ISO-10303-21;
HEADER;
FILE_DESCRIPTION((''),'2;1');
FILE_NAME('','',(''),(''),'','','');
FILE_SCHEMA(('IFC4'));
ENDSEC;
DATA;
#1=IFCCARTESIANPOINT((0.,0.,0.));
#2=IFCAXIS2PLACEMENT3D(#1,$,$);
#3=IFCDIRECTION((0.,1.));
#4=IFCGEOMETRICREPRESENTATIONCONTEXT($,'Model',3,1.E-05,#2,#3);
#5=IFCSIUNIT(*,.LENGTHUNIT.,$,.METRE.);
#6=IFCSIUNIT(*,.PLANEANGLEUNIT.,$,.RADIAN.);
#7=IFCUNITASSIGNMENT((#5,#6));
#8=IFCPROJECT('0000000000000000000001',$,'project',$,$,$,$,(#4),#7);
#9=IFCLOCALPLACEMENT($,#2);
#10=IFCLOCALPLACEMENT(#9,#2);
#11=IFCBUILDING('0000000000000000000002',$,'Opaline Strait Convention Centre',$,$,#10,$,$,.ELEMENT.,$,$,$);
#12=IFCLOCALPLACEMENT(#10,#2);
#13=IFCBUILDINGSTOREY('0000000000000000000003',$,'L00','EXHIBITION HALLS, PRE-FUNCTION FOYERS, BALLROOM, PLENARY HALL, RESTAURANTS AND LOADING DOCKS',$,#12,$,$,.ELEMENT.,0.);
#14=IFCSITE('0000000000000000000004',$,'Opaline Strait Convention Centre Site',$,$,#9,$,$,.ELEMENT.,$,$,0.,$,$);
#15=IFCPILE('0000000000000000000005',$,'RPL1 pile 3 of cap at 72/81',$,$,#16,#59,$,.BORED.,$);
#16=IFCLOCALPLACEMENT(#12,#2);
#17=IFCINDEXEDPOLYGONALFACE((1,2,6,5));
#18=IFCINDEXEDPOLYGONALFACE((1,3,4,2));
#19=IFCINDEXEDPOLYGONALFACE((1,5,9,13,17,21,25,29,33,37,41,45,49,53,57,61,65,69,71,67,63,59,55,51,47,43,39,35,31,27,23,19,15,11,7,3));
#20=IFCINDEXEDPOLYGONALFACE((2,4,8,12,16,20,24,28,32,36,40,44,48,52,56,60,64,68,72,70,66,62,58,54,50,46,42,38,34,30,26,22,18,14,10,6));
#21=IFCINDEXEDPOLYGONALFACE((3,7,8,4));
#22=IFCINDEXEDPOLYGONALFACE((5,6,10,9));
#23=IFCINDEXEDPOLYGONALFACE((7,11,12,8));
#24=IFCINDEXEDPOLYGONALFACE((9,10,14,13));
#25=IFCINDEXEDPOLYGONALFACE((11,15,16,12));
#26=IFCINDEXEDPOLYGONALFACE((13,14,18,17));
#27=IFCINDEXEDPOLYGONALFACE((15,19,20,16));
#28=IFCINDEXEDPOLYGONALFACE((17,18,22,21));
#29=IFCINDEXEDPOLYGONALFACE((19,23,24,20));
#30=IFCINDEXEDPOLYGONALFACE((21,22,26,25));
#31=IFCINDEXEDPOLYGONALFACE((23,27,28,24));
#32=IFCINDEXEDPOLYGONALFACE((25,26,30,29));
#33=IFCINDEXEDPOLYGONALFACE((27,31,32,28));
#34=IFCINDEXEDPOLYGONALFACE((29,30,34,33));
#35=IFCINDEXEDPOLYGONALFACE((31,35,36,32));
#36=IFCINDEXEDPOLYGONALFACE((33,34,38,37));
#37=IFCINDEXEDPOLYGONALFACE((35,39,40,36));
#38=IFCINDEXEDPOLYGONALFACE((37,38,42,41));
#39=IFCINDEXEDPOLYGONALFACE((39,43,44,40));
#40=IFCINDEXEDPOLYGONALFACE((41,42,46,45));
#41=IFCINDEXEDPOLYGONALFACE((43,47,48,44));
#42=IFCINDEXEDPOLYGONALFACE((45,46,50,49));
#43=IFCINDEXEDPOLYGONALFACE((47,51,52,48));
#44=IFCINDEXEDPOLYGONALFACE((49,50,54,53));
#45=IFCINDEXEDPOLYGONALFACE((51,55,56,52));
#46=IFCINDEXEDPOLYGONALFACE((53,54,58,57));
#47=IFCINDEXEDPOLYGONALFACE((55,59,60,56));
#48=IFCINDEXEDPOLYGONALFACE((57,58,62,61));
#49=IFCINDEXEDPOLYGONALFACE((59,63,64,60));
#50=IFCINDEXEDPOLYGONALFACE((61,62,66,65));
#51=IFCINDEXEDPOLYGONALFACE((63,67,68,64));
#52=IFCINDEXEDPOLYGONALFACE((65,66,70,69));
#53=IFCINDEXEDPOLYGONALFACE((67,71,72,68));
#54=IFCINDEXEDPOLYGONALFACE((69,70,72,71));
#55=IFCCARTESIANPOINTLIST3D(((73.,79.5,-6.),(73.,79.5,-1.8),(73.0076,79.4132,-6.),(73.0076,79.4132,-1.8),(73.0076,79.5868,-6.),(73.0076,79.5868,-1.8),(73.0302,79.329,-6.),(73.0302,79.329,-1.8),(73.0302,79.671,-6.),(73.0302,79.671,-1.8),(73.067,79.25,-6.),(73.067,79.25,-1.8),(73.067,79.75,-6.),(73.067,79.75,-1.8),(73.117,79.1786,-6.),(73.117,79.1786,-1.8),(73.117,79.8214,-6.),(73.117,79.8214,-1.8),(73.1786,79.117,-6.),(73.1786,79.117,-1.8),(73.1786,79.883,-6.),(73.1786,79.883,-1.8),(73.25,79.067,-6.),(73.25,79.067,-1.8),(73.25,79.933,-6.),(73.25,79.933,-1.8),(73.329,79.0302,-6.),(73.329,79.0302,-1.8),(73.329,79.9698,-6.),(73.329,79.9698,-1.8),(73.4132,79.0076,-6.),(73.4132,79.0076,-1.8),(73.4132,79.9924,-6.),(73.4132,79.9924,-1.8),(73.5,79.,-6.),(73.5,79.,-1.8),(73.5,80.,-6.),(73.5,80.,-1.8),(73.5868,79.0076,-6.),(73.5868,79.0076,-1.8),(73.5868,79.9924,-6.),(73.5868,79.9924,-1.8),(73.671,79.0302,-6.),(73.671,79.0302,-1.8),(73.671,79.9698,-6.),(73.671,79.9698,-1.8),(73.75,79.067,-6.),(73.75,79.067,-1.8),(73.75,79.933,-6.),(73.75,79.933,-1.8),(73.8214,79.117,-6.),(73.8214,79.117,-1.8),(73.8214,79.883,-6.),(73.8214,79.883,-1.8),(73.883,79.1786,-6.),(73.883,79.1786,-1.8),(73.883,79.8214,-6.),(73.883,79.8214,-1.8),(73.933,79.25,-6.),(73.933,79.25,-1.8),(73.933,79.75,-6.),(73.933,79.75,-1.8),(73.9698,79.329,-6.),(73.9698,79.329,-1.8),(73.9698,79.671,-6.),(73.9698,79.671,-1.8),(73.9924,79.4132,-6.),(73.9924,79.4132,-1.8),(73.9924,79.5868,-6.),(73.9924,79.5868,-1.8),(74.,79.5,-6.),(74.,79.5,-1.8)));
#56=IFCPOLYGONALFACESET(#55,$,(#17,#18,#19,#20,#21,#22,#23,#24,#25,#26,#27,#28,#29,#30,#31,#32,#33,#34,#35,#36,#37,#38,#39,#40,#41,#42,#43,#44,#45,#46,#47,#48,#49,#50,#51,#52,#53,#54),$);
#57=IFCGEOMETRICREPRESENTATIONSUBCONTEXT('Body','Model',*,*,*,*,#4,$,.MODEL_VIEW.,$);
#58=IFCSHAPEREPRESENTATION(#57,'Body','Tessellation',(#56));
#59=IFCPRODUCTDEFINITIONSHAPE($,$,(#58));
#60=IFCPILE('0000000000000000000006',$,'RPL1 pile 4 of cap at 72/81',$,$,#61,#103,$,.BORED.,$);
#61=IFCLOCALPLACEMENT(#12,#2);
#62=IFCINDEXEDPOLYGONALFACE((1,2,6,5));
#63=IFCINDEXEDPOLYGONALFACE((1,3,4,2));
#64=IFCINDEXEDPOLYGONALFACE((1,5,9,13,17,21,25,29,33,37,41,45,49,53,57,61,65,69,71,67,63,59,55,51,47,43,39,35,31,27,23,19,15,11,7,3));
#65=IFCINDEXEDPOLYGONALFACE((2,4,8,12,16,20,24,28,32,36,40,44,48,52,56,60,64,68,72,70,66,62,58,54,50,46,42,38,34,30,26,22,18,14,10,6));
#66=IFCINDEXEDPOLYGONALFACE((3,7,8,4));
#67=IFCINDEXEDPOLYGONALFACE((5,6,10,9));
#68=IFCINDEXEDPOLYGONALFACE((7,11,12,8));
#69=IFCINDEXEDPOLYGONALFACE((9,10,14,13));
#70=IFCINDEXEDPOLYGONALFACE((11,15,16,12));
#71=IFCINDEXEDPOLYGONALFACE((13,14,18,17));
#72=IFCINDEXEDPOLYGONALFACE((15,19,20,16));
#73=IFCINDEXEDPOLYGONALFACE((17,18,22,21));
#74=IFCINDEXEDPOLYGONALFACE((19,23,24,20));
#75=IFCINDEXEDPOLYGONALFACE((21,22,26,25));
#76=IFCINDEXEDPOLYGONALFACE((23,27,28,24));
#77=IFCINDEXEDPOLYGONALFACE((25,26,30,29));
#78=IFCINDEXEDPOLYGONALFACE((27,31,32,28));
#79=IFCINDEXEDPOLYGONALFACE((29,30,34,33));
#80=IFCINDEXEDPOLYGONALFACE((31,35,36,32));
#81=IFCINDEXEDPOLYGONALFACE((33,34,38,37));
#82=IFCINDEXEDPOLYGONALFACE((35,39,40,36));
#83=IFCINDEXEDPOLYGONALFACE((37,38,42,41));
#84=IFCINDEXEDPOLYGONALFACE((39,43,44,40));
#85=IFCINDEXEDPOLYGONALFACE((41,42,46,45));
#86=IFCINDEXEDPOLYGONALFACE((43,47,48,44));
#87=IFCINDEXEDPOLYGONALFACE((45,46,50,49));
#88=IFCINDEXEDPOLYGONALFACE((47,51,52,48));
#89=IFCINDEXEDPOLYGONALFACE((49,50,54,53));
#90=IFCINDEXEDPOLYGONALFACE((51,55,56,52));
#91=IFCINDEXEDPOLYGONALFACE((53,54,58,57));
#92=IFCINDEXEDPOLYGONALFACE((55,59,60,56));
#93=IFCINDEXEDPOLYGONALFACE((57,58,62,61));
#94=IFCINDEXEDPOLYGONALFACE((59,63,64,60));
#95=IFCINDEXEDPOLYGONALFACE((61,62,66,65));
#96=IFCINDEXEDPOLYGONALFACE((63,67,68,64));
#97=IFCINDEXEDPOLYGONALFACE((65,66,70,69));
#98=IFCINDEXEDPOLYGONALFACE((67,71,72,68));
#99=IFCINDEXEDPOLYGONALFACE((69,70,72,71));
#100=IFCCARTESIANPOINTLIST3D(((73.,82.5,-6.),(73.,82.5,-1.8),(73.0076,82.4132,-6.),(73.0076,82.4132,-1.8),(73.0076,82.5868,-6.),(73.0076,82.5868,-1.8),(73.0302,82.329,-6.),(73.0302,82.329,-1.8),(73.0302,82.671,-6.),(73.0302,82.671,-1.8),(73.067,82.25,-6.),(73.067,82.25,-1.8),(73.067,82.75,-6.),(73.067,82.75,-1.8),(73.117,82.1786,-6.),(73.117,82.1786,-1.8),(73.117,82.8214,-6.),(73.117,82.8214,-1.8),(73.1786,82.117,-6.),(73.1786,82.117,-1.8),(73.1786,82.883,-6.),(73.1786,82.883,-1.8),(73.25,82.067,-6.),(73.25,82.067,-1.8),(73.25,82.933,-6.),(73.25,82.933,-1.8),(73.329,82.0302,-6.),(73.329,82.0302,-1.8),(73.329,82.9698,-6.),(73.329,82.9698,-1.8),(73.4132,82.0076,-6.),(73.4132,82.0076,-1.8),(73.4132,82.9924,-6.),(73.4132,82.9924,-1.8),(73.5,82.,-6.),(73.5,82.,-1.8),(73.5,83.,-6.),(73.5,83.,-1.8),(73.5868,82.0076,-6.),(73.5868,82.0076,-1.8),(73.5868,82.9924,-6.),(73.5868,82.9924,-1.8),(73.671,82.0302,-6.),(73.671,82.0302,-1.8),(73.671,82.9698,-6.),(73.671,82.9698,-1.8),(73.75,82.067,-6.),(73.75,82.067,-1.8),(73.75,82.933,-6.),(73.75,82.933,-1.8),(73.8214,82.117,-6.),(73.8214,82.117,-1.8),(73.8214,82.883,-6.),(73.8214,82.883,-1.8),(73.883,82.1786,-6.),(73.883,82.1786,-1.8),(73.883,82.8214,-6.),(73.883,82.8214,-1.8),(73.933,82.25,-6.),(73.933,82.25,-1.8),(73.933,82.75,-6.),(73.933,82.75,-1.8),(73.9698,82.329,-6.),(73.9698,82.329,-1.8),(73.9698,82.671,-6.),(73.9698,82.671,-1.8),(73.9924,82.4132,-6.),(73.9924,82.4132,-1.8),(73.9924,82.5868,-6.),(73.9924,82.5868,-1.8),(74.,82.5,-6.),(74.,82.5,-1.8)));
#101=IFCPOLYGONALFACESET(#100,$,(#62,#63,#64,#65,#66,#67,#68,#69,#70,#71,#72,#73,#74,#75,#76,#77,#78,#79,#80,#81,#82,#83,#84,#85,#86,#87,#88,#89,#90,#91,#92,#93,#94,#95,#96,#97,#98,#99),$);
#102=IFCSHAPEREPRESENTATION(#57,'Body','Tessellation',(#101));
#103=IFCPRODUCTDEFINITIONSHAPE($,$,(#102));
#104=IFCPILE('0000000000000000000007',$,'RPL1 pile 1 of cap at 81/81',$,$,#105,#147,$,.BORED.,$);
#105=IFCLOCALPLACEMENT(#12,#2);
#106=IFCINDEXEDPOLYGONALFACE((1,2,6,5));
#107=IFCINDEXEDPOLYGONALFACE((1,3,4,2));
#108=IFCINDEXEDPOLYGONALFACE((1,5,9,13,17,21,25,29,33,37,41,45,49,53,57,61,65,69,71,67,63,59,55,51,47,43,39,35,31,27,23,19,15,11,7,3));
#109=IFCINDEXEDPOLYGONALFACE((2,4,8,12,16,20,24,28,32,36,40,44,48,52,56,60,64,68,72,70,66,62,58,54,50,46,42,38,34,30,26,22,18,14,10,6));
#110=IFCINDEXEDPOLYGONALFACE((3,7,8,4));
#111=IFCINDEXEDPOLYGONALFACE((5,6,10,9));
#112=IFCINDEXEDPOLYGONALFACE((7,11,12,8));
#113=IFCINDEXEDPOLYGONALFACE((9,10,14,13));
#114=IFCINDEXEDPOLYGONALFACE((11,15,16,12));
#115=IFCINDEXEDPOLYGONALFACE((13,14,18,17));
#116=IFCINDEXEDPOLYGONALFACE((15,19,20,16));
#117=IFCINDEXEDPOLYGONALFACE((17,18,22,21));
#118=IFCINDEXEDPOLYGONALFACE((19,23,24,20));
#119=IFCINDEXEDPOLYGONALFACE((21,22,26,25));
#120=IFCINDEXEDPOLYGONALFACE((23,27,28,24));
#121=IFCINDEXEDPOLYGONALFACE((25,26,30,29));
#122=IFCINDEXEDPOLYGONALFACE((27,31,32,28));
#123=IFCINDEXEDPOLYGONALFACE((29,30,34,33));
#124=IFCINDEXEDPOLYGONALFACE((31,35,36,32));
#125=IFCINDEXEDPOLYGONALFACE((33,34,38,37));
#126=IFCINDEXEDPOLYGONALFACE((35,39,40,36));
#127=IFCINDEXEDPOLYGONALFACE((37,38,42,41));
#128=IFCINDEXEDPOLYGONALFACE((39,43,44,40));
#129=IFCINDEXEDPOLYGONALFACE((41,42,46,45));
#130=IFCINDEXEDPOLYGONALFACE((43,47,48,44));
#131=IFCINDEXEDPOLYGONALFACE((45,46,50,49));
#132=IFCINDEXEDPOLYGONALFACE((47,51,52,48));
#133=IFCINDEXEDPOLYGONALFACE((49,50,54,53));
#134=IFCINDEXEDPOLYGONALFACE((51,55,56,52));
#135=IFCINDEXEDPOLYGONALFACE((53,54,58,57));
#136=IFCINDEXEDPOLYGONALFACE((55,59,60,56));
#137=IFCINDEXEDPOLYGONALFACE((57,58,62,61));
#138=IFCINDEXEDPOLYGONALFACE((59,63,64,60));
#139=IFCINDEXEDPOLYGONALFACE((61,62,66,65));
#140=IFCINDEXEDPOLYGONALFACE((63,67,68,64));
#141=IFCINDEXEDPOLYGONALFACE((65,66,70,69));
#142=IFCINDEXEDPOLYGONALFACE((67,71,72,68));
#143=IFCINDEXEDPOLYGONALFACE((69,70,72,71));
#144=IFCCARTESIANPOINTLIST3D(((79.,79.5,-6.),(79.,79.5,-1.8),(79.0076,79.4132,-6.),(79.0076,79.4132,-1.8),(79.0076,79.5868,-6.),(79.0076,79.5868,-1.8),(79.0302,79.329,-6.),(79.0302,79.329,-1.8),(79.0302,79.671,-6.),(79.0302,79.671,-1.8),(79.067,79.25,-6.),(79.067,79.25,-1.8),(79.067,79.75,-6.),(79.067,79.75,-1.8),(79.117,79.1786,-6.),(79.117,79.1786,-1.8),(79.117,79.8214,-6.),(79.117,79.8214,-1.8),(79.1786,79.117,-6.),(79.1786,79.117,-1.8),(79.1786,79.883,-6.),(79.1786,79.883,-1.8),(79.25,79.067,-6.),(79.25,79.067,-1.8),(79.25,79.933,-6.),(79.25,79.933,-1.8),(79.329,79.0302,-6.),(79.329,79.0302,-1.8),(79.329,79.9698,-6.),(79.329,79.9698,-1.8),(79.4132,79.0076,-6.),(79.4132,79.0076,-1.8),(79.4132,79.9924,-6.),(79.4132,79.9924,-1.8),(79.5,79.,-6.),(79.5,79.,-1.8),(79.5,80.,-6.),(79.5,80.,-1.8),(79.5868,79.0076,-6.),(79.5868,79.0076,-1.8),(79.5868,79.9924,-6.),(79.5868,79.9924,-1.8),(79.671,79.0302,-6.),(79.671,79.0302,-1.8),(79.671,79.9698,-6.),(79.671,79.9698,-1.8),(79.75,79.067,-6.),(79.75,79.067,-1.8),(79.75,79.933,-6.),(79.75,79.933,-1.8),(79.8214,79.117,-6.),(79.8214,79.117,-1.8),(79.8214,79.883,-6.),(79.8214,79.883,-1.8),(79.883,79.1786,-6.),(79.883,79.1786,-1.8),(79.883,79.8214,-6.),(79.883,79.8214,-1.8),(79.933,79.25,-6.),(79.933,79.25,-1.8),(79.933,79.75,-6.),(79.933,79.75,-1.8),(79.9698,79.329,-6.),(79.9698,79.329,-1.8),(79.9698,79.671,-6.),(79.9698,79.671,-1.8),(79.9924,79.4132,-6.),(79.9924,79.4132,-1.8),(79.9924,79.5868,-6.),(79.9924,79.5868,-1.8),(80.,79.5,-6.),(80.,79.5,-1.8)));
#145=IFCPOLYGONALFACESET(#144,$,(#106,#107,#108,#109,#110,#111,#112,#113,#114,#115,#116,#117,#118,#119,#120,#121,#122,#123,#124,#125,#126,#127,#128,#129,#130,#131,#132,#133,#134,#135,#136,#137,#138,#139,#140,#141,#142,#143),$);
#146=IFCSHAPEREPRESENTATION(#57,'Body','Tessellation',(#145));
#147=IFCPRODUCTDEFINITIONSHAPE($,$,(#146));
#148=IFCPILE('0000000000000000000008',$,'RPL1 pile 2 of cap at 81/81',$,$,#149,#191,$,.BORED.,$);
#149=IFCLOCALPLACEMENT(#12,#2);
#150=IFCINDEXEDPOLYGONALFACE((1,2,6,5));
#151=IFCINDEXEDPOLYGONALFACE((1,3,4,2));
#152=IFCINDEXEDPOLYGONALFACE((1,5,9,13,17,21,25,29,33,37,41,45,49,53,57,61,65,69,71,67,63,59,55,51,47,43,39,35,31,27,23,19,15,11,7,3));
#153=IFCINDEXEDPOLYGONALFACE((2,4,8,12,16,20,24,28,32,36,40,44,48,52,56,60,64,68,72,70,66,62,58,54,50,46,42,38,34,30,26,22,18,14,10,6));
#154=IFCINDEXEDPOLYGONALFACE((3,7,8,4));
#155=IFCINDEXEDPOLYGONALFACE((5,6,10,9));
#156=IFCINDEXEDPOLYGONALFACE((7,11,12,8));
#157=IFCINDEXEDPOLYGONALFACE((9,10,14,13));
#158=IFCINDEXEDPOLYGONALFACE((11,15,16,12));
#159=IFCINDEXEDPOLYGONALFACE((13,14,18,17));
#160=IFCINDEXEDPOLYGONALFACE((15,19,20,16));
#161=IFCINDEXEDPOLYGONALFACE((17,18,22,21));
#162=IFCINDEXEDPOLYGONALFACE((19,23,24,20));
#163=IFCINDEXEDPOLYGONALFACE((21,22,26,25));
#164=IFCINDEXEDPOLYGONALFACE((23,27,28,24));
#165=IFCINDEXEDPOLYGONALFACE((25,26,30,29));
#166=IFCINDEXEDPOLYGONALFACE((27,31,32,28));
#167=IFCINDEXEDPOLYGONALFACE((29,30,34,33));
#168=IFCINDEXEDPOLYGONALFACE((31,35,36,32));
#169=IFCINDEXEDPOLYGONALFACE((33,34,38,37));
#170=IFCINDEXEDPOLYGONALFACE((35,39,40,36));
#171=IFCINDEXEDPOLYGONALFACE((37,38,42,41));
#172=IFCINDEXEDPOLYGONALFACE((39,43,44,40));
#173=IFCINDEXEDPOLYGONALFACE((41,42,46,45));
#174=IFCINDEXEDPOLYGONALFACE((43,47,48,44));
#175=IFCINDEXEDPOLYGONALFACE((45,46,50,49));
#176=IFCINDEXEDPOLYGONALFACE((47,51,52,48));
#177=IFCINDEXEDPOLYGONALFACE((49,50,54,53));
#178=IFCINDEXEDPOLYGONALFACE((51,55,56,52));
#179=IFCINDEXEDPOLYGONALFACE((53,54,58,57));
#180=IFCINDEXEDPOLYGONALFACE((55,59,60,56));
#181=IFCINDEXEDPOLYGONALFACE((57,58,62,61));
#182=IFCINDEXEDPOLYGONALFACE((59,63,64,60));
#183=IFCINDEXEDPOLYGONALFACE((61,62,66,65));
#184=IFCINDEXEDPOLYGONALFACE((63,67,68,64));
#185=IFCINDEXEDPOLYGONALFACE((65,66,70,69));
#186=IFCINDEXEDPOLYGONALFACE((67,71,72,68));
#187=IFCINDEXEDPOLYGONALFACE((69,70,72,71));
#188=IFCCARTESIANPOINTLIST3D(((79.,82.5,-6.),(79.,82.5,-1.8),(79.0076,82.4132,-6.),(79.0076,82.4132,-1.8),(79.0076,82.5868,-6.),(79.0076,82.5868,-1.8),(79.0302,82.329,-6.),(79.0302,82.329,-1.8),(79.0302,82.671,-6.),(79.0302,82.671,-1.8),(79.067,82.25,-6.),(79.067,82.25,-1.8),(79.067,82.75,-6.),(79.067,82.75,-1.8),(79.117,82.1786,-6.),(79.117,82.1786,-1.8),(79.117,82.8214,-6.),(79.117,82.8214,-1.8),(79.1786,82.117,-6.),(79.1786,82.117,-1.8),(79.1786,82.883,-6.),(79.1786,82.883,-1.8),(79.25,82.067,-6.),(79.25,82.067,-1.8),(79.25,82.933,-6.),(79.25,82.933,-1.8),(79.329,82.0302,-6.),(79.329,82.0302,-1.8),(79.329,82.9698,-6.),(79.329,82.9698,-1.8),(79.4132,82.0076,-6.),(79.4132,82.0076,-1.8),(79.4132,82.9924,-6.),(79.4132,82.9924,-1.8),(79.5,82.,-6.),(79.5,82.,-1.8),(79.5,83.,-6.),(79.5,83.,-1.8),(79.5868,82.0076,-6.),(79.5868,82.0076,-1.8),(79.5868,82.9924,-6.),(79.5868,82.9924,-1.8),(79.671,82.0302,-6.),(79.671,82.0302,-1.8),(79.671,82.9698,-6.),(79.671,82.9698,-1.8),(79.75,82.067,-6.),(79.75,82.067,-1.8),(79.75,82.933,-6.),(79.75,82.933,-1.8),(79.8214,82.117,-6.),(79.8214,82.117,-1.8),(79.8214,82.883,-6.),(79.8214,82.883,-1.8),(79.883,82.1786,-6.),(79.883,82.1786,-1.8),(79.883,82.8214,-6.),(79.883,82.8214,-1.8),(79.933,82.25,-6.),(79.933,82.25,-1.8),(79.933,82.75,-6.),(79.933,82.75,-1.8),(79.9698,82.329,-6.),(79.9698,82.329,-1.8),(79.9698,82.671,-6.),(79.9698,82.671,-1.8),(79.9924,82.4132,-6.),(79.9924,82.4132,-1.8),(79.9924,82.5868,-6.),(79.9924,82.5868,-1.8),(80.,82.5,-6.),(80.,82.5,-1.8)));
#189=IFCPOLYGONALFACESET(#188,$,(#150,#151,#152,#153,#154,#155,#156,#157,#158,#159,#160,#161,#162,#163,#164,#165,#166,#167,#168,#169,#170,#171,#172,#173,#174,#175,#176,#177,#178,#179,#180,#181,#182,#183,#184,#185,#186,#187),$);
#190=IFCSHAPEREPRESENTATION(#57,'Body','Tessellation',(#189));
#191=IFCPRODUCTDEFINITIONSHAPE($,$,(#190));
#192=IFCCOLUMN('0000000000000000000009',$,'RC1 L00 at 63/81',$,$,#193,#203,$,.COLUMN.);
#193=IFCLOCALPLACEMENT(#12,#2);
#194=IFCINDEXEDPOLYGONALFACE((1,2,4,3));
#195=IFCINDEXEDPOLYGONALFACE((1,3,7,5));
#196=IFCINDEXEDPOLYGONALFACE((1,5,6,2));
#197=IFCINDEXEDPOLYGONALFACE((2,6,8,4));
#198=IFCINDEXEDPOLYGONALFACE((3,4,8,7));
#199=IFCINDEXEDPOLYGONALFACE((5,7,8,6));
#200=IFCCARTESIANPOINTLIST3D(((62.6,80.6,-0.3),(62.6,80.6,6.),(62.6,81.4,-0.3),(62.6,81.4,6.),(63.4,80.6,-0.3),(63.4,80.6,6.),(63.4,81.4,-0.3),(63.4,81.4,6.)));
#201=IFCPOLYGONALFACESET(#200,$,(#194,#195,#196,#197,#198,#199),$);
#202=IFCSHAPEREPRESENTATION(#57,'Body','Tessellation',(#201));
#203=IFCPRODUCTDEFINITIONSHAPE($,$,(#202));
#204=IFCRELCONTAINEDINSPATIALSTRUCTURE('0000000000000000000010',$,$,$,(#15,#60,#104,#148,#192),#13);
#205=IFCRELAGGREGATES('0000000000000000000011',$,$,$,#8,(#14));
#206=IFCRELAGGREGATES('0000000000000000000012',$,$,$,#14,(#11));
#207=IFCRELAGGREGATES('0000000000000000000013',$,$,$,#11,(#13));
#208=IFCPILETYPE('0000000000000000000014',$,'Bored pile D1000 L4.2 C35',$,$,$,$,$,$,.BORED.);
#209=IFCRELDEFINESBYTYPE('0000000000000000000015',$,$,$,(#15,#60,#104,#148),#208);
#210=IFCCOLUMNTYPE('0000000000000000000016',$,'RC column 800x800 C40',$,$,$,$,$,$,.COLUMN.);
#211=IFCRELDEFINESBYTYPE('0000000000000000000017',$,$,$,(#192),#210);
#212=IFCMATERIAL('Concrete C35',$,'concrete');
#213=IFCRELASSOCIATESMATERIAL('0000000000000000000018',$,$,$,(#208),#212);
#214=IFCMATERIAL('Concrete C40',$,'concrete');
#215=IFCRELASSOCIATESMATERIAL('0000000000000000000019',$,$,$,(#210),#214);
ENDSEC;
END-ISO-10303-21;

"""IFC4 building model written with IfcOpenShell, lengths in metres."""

from ifc_helpers import new_model, si_unit, direction, frame, origin, origin_2d, place, context, subcontext, project, spatial, rectangle, circle, extrude, material, material_profile, profile_set, type_object, element, save


model = new_model("IFC4")

# Units and contexts
model_context = context("Model", 3, precision=1e-05, world=origin(), true_north=direction((0.0, 1.0)))
body_context = subcontext(model_context, "Body", "Model", "MODEL_VIEW")
ifc_project = project(units=[si_unit("LENGTHUNIT", "METRE"), si_unit("PLANEANGLEUNIT", "RADIAN")], contexts=[model_context])

# Site, building, storey
site_placement = place(None, origin())
site = spatial("IfcSite", under=ifc_project, at=site_placement, Name="Opaline Strait Convention Centre Site", CompositionType="ELEMENT", RefElevation=0.0)
building_placement = place(site_placement, origin())
building = spatial("IfcBuilding", under=site, at=building_placement, Name="Opaline Strait Convention Centre", CompositionType="ELEMENT")
storey_placement = place(building_placement, origin())
storey = spatial("IfcBuildingStorey", under=building, at=storey_placement, Name="L00", Description="EXHIBITION HALLS, PRE-FUNCTION FOYERS, BALLROOM, PLENARY HALL, RESTAURANTS AND LOADING DOCKS", CompositionType="ELEMENT", Elevation=0.0)

# Piles
ifc_material_1 = material(Name="Concrete C35", Category="concrete")
ifc_material_profile_1 = material_profile(ifc_material_1, circle(Radius=0.5, at=origin_2d()), Name="D1000")
ifc_profile_set_1 = profile_set([ifc_material_profile_1], Name="Concrete C35")
pile_type = type_object("IfcPileType", Name="Bored pile D1000 L4.2 C35", PredefinedType="BORED", material=ifc_profile_set_1)
for number, where, z_axis, x_axis, name in (
    (1, (73.5, 79.5, -1.8), (0.0, 0.0, -1.0), (1.0, 0.0, 0.0), "RPL1 pile 3 of cap at 72/81"),
    (2, (73.5, 82.5, -1.8), (0.0, 0.0, -1.0), (1.0, 0.0, 0.0), "RPL1 pile 4 of cap at 72/81"),
    (3, (79.5, 79.5, -1.8), (0.0, 0.0, -1.0), (1.0, 0.0, 0.0), "RPL1 pile 1 of cap at 81/81"),
    (4, (79.5, 82.5, -1.8), (0.0, 0.0, -1.0), (1.0, 0.0, 0.0), "RPL1 pile 2 of cap at 81/81"),
):
    element("IfcPile", number, at=place(storey_placement, frame(where, z_axis=z_axis, x_axis=x_axis)), inside=storey, type_object=pile_type, Name=name, PredefinedType="BORED", context=body_context, shape_type="SweptSolid", body=[
        extrude(circle(Radius=0.5, at=origin_2d()), origin(), (0.0, 0.0, 1.0), 4.2),
    ])

# Column
ifc_material_2 = material(Name="Concrete C40", Category="concrete")
ifc_material_profile_2 = material_profile(ifc_material_2, rectangle(XDim=0.8, YDim=0.8, at=origin_2d()), Name="RC 800x800")
ifc_profile_set_2 = profile_set([ifc_material_profile_2], Name="Concrete C40")
column_type = type_object("IfcColumnType", Name="RC column 800x800 C40", PredefinedType="COLUMN", material=ifc_profile_set_2)
for number, where, z_axis, x_axis, name in (
    (5, (63.0, 81.0, -0.3), (0.0, 0.0, 1.0), (1.0, 0.0, 0.0), "RC1 L00 at 63/81"),
):
    element("IfcColumn", number, at=place(storey_placement, frame(where, z_axis=z_axis, x_axis=x_axis)), inside=storey, type_object=column_type, Name=name, PredefinedType="COLUMN", context=body_context, shape_type="SweptSolid", body=[
        extrude(rectangle(XDim=0.8, YDim=0.8, at=origin_2d()), origin(), (0.0, 0.0, 1.0), 6.3),
    ])

save(model, "model.ifc")
